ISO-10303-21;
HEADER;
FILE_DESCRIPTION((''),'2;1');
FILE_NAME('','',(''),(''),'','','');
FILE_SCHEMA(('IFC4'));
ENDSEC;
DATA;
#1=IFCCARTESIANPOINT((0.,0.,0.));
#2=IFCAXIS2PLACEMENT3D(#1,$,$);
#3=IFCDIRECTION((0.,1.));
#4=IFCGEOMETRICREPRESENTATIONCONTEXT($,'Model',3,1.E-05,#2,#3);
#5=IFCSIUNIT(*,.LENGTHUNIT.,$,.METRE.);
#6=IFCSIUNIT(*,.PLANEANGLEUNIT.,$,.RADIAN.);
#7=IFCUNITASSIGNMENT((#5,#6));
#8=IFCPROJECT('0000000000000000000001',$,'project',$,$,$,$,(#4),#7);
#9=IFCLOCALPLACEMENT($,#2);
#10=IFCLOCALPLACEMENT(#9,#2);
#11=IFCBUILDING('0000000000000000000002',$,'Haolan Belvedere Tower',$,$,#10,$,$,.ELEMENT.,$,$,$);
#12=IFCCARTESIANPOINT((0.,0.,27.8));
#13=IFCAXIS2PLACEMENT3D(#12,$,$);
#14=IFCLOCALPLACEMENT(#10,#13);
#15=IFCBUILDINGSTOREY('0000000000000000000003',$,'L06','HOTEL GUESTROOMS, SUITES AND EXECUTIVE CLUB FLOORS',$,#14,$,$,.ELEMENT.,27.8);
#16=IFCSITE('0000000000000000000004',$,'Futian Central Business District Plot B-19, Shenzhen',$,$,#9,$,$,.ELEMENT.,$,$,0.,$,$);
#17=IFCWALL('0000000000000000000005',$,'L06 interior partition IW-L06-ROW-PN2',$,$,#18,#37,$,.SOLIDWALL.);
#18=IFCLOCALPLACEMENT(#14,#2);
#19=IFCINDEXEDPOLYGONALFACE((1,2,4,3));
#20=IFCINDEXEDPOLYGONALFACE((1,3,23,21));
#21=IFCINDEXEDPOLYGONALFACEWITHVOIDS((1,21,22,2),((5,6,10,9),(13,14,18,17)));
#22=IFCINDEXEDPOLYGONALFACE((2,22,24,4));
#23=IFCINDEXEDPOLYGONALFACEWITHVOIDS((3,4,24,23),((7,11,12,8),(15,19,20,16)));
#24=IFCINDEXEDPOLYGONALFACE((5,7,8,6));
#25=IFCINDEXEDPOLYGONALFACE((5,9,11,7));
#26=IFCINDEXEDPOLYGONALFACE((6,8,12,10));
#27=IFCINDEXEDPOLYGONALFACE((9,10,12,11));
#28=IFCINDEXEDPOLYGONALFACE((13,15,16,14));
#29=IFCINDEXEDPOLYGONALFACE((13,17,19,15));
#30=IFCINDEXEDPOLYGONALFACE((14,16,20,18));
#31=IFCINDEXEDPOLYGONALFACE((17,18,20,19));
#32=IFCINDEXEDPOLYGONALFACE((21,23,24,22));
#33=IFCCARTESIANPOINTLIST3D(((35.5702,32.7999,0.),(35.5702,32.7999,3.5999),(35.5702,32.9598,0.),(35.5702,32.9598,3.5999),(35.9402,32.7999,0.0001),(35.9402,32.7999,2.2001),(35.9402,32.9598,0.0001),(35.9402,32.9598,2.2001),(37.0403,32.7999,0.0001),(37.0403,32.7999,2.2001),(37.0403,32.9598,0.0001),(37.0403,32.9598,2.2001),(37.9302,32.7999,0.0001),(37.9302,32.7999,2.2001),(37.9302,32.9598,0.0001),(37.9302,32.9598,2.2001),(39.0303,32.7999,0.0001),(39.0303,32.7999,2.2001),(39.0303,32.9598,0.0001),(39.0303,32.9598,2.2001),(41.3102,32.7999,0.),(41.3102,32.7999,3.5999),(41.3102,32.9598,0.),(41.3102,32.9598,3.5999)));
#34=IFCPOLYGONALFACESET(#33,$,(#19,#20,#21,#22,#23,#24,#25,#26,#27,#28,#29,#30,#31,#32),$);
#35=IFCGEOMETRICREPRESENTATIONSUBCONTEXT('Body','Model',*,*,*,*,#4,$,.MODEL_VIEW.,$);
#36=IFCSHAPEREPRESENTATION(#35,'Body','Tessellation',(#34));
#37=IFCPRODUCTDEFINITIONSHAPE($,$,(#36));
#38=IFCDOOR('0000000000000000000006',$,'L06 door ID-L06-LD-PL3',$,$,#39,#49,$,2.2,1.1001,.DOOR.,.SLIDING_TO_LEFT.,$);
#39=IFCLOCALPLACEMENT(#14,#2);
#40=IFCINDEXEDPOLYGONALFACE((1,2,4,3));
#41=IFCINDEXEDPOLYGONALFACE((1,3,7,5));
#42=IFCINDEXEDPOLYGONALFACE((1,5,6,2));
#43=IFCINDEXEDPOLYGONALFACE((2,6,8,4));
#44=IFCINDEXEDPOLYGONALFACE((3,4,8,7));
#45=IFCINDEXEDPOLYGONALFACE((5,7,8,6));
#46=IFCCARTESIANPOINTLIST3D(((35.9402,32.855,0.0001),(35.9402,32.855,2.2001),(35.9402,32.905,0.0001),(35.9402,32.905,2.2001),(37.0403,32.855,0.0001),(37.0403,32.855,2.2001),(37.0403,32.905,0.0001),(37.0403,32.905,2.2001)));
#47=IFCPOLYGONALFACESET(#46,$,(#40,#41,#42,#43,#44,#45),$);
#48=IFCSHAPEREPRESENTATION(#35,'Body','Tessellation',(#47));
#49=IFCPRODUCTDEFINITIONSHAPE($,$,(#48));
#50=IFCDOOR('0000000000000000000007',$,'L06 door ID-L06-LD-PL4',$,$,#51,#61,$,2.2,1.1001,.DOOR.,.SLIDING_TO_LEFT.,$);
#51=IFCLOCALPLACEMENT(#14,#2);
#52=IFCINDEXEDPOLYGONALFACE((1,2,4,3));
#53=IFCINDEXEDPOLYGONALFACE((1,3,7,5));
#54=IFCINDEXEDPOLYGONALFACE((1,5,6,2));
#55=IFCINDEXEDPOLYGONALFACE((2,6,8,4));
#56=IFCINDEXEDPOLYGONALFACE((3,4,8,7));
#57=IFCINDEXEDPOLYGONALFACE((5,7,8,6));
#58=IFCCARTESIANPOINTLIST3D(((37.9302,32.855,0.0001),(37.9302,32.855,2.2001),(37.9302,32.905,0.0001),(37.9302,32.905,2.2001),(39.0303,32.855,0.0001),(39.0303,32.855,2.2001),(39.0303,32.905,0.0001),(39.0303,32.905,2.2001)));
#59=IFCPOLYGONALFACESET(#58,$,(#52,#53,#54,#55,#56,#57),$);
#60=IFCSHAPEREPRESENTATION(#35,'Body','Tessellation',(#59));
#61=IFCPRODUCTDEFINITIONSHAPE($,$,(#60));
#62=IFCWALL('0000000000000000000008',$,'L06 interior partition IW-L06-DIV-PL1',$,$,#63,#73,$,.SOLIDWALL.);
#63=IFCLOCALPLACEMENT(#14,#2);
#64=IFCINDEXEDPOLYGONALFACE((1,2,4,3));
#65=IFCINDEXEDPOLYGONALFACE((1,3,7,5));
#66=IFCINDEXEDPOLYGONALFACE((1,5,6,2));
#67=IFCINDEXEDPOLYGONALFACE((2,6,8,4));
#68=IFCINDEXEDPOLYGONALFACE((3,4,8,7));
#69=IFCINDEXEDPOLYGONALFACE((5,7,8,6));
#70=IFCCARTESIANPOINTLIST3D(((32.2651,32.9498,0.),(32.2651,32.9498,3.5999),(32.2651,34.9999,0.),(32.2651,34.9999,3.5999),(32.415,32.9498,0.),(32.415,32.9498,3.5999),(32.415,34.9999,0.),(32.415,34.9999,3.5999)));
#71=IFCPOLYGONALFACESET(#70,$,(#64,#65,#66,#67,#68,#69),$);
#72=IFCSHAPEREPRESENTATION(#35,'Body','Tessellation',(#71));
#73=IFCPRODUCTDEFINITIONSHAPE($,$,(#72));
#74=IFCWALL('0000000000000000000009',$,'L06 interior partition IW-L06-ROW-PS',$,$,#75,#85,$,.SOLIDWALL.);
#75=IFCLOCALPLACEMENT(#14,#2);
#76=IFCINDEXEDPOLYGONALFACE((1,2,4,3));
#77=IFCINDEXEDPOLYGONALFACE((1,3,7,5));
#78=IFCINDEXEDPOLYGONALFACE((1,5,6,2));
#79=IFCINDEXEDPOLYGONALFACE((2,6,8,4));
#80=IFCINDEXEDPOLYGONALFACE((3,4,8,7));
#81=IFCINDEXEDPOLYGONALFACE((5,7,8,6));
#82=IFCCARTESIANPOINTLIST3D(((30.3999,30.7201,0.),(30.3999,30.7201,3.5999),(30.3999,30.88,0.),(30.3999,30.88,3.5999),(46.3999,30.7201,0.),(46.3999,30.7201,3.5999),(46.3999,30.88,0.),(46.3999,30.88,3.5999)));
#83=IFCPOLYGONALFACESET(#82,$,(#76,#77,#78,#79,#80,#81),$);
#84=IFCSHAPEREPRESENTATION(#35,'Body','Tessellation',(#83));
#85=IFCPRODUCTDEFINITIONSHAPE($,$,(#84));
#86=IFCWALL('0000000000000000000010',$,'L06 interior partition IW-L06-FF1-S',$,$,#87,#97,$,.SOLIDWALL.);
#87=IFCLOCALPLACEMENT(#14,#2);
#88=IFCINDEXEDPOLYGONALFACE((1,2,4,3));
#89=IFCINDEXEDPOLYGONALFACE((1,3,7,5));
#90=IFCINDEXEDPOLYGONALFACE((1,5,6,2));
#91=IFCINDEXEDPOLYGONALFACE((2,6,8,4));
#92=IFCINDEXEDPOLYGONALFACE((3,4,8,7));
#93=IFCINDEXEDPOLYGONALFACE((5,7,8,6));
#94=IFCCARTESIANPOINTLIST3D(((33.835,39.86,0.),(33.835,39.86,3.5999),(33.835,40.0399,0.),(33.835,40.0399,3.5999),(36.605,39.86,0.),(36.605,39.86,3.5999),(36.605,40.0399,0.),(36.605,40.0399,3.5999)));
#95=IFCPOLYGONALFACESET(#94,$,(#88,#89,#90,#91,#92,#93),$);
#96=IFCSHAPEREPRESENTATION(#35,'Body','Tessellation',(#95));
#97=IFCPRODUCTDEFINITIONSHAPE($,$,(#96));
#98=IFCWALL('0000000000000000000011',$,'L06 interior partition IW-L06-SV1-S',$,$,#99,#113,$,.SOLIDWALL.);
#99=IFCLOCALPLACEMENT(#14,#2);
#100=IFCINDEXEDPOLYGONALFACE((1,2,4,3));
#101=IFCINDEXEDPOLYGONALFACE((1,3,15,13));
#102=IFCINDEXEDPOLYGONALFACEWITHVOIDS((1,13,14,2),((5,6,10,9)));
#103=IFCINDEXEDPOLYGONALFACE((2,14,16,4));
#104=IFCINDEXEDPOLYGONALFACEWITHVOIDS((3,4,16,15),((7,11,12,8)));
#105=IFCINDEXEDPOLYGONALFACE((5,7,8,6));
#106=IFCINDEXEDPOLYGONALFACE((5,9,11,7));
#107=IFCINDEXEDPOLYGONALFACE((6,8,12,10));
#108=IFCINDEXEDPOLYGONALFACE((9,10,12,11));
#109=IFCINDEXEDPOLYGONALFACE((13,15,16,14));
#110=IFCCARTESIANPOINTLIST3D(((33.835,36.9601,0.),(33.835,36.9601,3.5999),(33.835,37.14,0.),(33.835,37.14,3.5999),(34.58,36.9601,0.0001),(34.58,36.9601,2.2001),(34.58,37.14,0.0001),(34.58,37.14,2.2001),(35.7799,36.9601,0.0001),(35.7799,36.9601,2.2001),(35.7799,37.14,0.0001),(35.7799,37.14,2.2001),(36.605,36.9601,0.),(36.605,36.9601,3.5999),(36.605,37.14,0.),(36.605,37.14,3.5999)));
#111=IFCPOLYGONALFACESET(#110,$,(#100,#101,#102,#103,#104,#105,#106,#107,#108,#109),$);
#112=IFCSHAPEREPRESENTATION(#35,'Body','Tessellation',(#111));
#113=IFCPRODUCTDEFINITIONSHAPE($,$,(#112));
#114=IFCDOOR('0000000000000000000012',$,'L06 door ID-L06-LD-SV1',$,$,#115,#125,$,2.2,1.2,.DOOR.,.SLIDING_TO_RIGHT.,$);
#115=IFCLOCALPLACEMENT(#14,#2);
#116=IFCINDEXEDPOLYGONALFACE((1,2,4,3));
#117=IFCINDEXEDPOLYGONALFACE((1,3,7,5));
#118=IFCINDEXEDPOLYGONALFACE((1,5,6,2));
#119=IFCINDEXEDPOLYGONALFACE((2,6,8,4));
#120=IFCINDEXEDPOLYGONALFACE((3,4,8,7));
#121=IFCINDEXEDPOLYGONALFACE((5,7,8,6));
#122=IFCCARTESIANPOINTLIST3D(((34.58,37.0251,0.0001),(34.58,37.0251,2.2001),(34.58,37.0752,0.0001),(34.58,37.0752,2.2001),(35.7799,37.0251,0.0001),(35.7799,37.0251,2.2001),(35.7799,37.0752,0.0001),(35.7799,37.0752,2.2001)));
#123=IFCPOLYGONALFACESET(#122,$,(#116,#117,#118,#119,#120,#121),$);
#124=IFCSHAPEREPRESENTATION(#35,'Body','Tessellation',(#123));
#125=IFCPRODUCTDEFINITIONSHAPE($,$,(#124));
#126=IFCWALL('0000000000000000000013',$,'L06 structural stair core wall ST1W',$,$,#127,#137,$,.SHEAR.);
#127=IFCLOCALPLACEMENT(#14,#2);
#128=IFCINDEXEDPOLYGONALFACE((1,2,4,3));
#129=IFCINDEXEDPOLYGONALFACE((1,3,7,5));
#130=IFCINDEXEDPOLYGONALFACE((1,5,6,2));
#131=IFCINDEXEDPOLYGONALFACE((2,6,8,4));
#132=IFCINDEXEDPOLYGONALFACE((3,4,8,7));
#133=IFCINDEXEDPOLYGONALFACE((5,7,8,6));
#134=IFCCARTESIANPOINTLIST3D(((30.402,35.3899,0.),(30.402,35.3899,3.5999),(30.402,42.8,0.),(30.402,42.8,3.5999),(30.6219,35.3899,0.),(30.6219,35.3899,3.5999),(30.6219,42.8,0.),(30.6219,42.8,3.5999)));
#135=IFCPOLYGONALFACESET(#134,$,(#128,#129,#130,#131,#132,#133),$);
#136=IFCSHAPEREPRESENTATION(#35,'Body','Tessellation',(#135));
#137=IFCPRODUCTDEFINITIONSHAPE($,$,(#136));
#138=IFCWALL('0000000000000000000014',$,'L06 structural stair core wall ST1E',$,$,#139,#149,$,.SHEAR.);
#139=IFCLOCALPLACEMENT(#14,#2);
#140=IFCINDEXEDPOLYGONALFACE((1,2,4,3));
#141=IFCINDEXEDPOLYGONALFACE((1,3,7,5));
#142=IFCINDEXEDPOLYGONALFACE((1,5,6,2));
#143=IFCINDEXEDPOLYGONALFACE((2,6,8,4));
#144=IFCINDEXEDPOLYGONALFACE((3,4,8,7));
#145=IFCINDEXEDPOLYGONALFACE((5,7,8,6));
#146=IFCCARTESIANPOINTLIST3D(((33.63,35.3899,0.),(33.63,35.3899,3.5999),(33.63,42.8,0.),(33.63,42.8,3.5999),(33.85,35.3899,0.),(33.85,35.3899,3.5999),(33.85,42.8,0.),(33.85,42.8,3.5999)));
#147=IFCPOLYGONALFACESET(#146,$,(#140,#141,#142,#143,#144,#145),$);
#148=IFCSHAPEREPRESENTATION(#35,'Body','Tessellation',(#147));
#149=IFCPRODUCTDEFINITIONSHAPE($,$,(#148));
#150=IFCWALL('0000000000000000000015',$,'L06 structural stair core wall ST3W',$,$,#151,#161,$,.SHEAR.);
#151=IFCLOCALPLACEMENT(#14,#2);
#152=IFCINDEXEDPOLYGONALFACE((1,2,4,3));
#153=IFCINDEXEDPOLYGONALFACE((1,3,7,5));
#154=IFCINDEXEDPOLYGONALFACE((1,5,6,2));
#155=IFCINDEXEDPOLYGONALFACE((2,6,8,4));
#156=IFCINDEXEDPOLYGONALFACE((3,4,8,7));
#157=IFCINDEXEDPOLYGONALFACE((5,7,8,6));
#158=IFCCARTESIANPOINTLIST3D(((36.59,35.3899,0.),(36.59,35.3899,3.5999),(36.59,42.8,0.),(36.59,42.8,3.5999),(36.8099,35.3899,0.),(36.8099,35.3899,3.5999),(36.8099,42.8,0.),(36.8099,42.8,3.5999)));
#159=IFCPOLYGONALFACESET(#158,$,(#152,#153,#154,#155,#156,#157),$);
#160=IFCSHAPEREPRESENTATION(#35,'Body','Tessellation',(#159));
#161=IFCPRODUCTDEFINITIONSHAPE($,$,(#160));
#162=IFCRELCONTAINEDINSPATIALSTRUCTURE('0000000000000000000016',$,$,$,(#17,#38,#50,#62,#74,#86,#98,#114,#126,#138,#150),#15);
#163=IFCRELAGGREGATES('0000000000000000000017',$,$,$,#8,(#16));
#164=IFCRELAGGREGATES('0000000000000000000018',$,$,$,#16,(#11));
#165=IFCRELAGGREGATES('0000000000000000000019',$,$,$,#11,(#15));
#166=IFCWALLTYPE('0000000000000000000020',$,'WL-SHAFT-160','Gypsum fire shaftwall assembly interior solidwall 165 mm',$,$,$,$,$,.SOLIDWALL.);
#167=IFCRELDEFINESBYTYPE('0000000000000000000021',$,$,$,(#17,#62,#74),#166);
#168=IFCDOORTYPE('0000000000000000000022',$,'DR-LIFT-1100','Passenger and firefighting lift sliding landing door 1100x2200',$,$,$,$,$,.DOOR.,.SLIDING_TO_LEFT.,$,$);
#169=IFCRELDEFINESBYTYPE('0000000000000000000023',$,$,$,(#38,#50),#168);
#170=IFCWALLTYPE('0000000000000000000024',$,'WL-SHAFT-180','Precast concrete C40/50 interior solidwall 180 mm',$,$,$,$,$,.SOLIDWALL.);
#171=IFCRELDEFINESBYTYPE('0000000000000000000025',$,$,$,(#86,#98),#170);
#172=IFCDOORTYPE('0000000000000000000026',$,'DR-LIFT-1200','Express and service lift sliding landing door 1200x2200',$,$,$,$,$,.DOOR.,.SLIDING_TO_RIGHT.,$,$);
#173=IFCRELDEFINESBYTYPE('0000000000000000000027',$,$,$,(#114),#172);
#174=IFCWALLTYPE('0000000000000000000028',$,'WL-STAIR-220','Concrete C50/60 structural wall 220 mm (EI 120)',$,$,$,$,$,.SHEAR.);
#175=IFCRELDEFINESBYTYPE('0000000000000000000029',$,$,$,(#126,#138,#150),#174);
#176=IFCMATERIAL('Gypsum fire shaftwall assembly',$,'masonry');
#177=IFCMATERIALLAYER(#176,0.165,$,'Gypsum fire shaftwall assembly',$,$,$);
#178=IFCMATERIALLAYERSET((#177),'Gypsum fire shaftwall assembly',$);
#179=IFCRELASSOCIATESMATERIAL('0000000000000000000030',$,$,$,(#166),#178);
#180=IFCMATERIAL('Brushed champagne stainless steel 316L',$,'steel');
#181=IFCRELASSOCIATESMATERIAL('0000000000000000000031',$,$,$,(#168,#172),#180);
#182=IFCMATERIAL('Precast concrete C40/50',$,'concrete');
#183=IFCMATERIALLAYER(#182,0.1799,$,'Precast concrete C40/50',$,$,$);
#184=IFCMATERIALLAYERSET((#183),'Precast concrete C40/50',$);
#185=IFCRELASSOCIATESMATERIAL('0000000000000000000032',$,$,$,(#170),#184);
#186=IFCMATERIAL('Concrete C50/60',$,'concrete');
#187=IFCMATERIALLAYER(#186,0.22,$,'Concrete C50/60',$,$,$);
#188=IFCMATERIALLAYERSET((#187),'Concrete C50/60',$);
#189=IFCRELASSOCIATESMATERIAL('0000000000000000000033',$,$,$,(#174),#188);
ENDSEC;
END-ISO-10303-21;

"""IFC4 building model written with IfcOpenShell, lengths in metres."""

from ifc_helpers import new_model, si_unit, direction, frame, frame_2d, origin, place, context, subcontext, project, spatial, rectangle, extrude, material, layer, layer_set, type_object, element, fill, save


model = new_model("IFC4")

# Units and contexts
model_context = context("Model", 3, precision=1e-05, world=origin(), true_north=direction((0.0, 1.0)))
body_context = subcontext(model_context, "Body", "Model", "MODEL_VIEW")
ifc_project = project(units=[si_unit("LENGTHUNIT", "METRE"), si_unit("PLANEANGLEUNIT", "RADIAN")], contexts=[model_context])

# Site, building, storey
site_placement = place(None, origin())
site = spatial("IfcSite", under=ifc_project, at=site_placement, Name="Futian Central Business District Plot B-19, Shenzhen", CompositionType="ELEMENT", RefElevation=0.0)
building_placement = place(site_placement, origin())
building = spatial("IfcBuilding", under=site, at=building_placement, Name="Haolan Belvedere Tower", CompositionType="ELEMENT")
storey_placement = place(building_placement, frame((0.0, 0.0, 27.8)))
storey = spatial("IfcBuildingStorey", under=building, at=storey_placement, Name="L06", Description="HOTEL GUESTROOMS, SUITES AND EXECUTIVE CLUB FLOORS", CompositionType="ELEMENT", Elevation=27.8)

# Shared definitions
ifc_material_1 = material(Name="Gypsum fire shaftwall assembly", Category="masonry")
ifc_layer_1 = layer(ifc_material_1, 0.165, Name="Gypsum fire shaftwall assembly")
ifc_layer_set_1 = layer_set([ifc_layer_1], Name="Gypsum fire shaftwall assembly")
wall_type_1 = type_object("IfcWallType", Name="WL-SHAFT-160", Description="Gypsum fire shaftwall assembly interior solidwall 165 mm", PredefinedType="SOLIDWALL", material=ifc_layer_set_1)

# Wall, openings, doors
ifc_material_2 = material(Name="Brushed champagne stainless steel 316L", Category="steel")
door_type_1 = type_object("IfcDoorType", Name="DR-LIFT-1100", Description="Passenger and firefighting lift sliding landing door 1100x2200", OperationType="SLIDING_TO_LEFT", PredefinedType="DOOR", material=ifc_material_2)
wall_1_placement = place(storey_placement, frame((35.5701, 32.8799, 0.0), z_axis=(0.0, 0.0, 1.0), x_axis=(1.0, 0.0, 0.0)))
wall_1 = element("IfcWall", 1, at=wall_1_placement, inside=storey, type_object=wall_type_1, Name="L06 interior partition IW-L06-ROW-PN2", PredefinedType="SOLIDWALL", context=body_context, shape_type="SweptSolid", body=[
    extrude(rectangle(XDim=5.74, YDim=0.1599, at=frame_2d((2.8701, 0.0))), origin(), (0.0, 0.0, 1.0), 3.5999),
])
opening_1_placement = place(wall_1_placement, frame((1.4702, 0.0, 0.0), z_axis=(0.0, 0.0, 1.0), x_axis=(-1.0, 0.0, 0.0)))
opening_1 = element("IfcOpeningElement", 2, at=opening_1_placement, cuts=wall_1, PredefinedType="OPENING", context=body_context, shape_type="SweptSolid", body=[
    extrude(rectangle(XDim=1.1001, YDim=2.2, at=frame_2d((0.55, 1.1001))), frame((0.0, 0.0898, 0.0), z_axis=(0.0, -1.0, 0.0), x_axis=(1.0, 0.0, 0.0)), (0.0, 0.0, 1.0), 0.1799),
])
opening_2_placement = place(wall_1_placement, frame((3.4602, 0.0, 0.0), z_axis=(0.0, 0.0, 1.0), x_axis=(-1.0, 0.0, 0.0)))
opening_2 = element("IfcOpeningElement", 3, at=opening_2_placement, cuts=wall_1, PredefinedType="OPENING", context=body_context, shape_type="SweptSolid", body=[
    extrude(rectangle(XDim=1.1001, YDim=2.2, at=frame_2d((0.55, 1.1001))), frame((0.0, 0.0898, 0.0), z_axis=(0.0, -1.0, 0.0), x_axis=(1.0, 0.0, 0.0)), (0.0, 0.0, 1.0), 0.1799),
])
door_1_placement = place(opening_1_placement, origin())
door_1 = element("IfcDoor", 4, at=door_1_placement, inside=storey, type_object=door_type_1, Name="L06 door ID-L06-LD-PL3", OperationType="SLIDING_TO_LEFT", OverallHeight=2.2, OverallWidth=1.1001, PredefinedType="DOOR", context=body_context, shape_type="SweptSolid", body=[
    extrude(rectangle(XDim=1.1001, YDim=2.2, at=frame_2d((0.55, 1.1001))), frame((0.0, 0.0249, 0.0), z_axis=(0.0, -1.0, 0.0), x_axis=(1.0, 0.0, 0.0)), (0.0, 0.0, 1.0), 0.05),
])
fill(opening_1, door_1)
door_2_placement = place(opening_2_placement, origin())
door_2 = element("IfcDoor", 5, at=door_2_placement, inside=storey, type_object=door_type_1, Name="L06 door ID-L06-LD-PL4", OperationType="SLIDING_TO_LEFT", OverallHeight=2.2, OverallWidth=1.1001, PredefinedType="DOOR", context=body_context, shape_type="SweptSolid", body=[
    extrude(rectangle(XDim=1.1001, YDim=2.2, at=frame_2d((0.55, 1.1001))), frame((0.0, 0.0249, 0.0), z_axis=(0.0, -1.0, 0.0), x_axis=(1.0, 0.0, 0.0)), (0.0, 0.0, 1.0), 0.05),
])
fill(opening_2, door_2)

# Walls
wall_2_placement = place(storey_placement, frame((32.3401, 32.95, 0.0), z_axis=(0.0, 0.0, 1.0), x_axis=(0.0, 1.0, 0.0)))
element("IfcWall", 6, at=wall_2_placement, inside=storey, type_object=wall_type_1, Name="L06 interior partition IW-L06-DIV-PL1", PredefinedType="SOLIDWALL", context=body_context, shape_type="SweptSolid", body=[
    extrude(rectangle(XDim=2.05, YDim=0.1499, at=frame_2d((1.0249, 0.0))), origin(), (0.0, 0.0, 1.0), 3.5999),
])
wall_3_placement = place(storey_placement, frame((30.3999, 30.8, 0.0), z_axis=(0.0, 0.0, 1.0), x_axis=(1.0, 0.0, 0.0)))
element("IfcWall", 7, at=wall_3_placement, inside=storey, type_object=wall_type_1, Name="L06 interior partition IW-L06-ROW-PS", PredefinedType="SOLIDWALL", context=body_context, shape_type="SweptSolid", body=[
    extrude(rectangle(XDim=16.0, YDim=0.1599, at=frame_2d((8.0, 0.0))), origin(), (0.0, 0.0, 1.0), 3.5999),
])
ifc_material_3 = material(Name="Precast concrete C40/50", Category="concrete")
ifc_layer_2 = layer(ifc_material_3, 0.1799, Name="Precast concrete C40/50")
ifc_layer_set_2 = layer_set([ifc_layer_2], Name="Precast concrete C40/50")
wall_type_2 = type_object("IfcWallType", Name="WL-SHAFT-180", Description="Precast concrete C40/50 interior solidwall 180 mm", PredefinedType="SOLIDWALL", material=ifc_layer_set_2)
wall_4_placement = place(storey_placement, frame((33.835, 39.95, 0.0), z_axis=(0.0, 0.0, 1.0), x_axis=(1.0, 0.0, 0.0)))
element("IfcWall", 8, at=wall_4_placement, inside=storey, type_object=wall_type_2, Name="L06 interior partition IW-L06-FF1-S", PredefinedType="SOLIDWALL", context=body_context, shape_type="SweptSolid", body=[
    extrude(rectangle(XDim=2.77, YDim=0.1799, at=frame_2d((1.385, 0.0))), origin(), (0.0, 0.0, 1.0), 3.5999),
])

# Wall, opening, door
wall_5_placement = place(storey_placement, frame((33.835, 37.05, 0.0), z_axis=(0.0, 0.0, 1.0), x_axis=(1.0, 0.0, 0.0)))
wall_5 = element("IfcWall", 9, at=wall_5_placement, inside=storey, type_object=wall_type_2, Name="L06 interior partition IW-L06-SV1-S", PredefinedType="SOLIDWALL", context=body_context, shape_type="SweptSolid", body=[
    extrude(rectangle(XDim=2.77, YDim=0.1799, at=frame_2d((1.385, 0.0))), origin(), (0.0, 0.0, 1.0), 3.5999),
])
opening_3_placement = place(wall_5_placement, frame((1.9451, 0.0, 0.0), z_axis=(0.0, 0.0, 1.0), x_axis=(-1.0, 0.0, 0.0)))
opening_3 = element("IfcOpeningElement", 10, at=opening_3_placement, cuts=wall_5, PredefinedType="OPENING", context=body_context, shape_type="SweptSolid", body=[
    extrude(rectangle(XDim=1.2, YDim=2.2, at=frame_2d((0.6001, 1.1001))), frame((0.0, 0.0999, 0.0), z_axis=(0.0, -1.0, 0.0), x_axis=(1.0, 0.0, 0.0)), (0.0, 0.0, 1.0), 0.2),
])
door_type_2 = type_object("IfcDoorType", Name="DR-LIFT-1200", Description="Express and service lift sliding landing door 1200x2200", OperationType="SLIDING_TO_RIGHT", PredefinedType="DOOR", material=ifc_material_2)
door_3_placement = place(opening_3_placement, origin())
door_3 = element("IfcDoor", 11, at=door_3_placement, inside=storey, type_object=door_type_2, Name="L06 door ID-L06-LD-SV1", OperationType="SLIDING_TO_RIGHT", OverallHeight=2.2, OverallWidth=1.2, PredefinedType="DOOR", context=body_context, shape_type="SweptSolid", body=[
    extrude(rectangle(XDim=1.2, YDim=2.2, at=frame_2d((0.6001, 1.1001))), frame((0.0, 0.0249, 0.0), z_axis=(0.0, -1.0, 0.0), x_axis=(1.0, 0.0, 0.0)), (0.0, 0.0, 1.0), 0.05),
])
fill(opening_3, door_3)

# Walls
ifc_material_4 = material(Name="Concrete C50/60", Category="concrete")
ifc_layer_3 = layer(ifc_material_4, 0.22, Name="Concrete C50/60")
ifc_layer_set_3 = layer_set([ifc_layer_3], Name="Concrete C50/60")
wall_type_3 = type_object("IfcWallType", Name="WL-STAIR-220", Description="Concrete C50/60 structural wall 220 mm (EI 120)", PredefinedType="SHEAR", material=ifc_layer_set_3)
for number, where, z_axis, x_axis, name in (
    (12, (30.512, 35.3899, 0.0), (0.0, 0.0, 1.0), (0.0, 1.0, 0.0), "L06 structural stair core wall ST1W"),
    (13, (33.74, 35.3899, 0.0), (0.0, 0.0, 1.0), (0.0, 1.0, 0.0), "L06 structural stair core wall ST1E"),
    (14, (36.7, 35.3899, 0.0), (0.0, 0.0, 1.0), (0.0, 1.0, 0.0), "L06 structural stair core wall ST3W"),
):
    element("IfcWall", number, at=place(storey_placement, frame(where, z_axis=z_axis, x_axis=x_axis)), inside=storey, type_object=wall_type_3, Name=name, PredefinedType="SHEAR", context=body_context, shape_type="SweptSolid", body=[
        extrude(rectangle(XDim=7.4102, YDim=0.22, at=frame_2d((3.7051, 0.0))), origin(), (0.0, 0.0, 1.0), 3.5999),
    ])

save(model, "model.ifc")
